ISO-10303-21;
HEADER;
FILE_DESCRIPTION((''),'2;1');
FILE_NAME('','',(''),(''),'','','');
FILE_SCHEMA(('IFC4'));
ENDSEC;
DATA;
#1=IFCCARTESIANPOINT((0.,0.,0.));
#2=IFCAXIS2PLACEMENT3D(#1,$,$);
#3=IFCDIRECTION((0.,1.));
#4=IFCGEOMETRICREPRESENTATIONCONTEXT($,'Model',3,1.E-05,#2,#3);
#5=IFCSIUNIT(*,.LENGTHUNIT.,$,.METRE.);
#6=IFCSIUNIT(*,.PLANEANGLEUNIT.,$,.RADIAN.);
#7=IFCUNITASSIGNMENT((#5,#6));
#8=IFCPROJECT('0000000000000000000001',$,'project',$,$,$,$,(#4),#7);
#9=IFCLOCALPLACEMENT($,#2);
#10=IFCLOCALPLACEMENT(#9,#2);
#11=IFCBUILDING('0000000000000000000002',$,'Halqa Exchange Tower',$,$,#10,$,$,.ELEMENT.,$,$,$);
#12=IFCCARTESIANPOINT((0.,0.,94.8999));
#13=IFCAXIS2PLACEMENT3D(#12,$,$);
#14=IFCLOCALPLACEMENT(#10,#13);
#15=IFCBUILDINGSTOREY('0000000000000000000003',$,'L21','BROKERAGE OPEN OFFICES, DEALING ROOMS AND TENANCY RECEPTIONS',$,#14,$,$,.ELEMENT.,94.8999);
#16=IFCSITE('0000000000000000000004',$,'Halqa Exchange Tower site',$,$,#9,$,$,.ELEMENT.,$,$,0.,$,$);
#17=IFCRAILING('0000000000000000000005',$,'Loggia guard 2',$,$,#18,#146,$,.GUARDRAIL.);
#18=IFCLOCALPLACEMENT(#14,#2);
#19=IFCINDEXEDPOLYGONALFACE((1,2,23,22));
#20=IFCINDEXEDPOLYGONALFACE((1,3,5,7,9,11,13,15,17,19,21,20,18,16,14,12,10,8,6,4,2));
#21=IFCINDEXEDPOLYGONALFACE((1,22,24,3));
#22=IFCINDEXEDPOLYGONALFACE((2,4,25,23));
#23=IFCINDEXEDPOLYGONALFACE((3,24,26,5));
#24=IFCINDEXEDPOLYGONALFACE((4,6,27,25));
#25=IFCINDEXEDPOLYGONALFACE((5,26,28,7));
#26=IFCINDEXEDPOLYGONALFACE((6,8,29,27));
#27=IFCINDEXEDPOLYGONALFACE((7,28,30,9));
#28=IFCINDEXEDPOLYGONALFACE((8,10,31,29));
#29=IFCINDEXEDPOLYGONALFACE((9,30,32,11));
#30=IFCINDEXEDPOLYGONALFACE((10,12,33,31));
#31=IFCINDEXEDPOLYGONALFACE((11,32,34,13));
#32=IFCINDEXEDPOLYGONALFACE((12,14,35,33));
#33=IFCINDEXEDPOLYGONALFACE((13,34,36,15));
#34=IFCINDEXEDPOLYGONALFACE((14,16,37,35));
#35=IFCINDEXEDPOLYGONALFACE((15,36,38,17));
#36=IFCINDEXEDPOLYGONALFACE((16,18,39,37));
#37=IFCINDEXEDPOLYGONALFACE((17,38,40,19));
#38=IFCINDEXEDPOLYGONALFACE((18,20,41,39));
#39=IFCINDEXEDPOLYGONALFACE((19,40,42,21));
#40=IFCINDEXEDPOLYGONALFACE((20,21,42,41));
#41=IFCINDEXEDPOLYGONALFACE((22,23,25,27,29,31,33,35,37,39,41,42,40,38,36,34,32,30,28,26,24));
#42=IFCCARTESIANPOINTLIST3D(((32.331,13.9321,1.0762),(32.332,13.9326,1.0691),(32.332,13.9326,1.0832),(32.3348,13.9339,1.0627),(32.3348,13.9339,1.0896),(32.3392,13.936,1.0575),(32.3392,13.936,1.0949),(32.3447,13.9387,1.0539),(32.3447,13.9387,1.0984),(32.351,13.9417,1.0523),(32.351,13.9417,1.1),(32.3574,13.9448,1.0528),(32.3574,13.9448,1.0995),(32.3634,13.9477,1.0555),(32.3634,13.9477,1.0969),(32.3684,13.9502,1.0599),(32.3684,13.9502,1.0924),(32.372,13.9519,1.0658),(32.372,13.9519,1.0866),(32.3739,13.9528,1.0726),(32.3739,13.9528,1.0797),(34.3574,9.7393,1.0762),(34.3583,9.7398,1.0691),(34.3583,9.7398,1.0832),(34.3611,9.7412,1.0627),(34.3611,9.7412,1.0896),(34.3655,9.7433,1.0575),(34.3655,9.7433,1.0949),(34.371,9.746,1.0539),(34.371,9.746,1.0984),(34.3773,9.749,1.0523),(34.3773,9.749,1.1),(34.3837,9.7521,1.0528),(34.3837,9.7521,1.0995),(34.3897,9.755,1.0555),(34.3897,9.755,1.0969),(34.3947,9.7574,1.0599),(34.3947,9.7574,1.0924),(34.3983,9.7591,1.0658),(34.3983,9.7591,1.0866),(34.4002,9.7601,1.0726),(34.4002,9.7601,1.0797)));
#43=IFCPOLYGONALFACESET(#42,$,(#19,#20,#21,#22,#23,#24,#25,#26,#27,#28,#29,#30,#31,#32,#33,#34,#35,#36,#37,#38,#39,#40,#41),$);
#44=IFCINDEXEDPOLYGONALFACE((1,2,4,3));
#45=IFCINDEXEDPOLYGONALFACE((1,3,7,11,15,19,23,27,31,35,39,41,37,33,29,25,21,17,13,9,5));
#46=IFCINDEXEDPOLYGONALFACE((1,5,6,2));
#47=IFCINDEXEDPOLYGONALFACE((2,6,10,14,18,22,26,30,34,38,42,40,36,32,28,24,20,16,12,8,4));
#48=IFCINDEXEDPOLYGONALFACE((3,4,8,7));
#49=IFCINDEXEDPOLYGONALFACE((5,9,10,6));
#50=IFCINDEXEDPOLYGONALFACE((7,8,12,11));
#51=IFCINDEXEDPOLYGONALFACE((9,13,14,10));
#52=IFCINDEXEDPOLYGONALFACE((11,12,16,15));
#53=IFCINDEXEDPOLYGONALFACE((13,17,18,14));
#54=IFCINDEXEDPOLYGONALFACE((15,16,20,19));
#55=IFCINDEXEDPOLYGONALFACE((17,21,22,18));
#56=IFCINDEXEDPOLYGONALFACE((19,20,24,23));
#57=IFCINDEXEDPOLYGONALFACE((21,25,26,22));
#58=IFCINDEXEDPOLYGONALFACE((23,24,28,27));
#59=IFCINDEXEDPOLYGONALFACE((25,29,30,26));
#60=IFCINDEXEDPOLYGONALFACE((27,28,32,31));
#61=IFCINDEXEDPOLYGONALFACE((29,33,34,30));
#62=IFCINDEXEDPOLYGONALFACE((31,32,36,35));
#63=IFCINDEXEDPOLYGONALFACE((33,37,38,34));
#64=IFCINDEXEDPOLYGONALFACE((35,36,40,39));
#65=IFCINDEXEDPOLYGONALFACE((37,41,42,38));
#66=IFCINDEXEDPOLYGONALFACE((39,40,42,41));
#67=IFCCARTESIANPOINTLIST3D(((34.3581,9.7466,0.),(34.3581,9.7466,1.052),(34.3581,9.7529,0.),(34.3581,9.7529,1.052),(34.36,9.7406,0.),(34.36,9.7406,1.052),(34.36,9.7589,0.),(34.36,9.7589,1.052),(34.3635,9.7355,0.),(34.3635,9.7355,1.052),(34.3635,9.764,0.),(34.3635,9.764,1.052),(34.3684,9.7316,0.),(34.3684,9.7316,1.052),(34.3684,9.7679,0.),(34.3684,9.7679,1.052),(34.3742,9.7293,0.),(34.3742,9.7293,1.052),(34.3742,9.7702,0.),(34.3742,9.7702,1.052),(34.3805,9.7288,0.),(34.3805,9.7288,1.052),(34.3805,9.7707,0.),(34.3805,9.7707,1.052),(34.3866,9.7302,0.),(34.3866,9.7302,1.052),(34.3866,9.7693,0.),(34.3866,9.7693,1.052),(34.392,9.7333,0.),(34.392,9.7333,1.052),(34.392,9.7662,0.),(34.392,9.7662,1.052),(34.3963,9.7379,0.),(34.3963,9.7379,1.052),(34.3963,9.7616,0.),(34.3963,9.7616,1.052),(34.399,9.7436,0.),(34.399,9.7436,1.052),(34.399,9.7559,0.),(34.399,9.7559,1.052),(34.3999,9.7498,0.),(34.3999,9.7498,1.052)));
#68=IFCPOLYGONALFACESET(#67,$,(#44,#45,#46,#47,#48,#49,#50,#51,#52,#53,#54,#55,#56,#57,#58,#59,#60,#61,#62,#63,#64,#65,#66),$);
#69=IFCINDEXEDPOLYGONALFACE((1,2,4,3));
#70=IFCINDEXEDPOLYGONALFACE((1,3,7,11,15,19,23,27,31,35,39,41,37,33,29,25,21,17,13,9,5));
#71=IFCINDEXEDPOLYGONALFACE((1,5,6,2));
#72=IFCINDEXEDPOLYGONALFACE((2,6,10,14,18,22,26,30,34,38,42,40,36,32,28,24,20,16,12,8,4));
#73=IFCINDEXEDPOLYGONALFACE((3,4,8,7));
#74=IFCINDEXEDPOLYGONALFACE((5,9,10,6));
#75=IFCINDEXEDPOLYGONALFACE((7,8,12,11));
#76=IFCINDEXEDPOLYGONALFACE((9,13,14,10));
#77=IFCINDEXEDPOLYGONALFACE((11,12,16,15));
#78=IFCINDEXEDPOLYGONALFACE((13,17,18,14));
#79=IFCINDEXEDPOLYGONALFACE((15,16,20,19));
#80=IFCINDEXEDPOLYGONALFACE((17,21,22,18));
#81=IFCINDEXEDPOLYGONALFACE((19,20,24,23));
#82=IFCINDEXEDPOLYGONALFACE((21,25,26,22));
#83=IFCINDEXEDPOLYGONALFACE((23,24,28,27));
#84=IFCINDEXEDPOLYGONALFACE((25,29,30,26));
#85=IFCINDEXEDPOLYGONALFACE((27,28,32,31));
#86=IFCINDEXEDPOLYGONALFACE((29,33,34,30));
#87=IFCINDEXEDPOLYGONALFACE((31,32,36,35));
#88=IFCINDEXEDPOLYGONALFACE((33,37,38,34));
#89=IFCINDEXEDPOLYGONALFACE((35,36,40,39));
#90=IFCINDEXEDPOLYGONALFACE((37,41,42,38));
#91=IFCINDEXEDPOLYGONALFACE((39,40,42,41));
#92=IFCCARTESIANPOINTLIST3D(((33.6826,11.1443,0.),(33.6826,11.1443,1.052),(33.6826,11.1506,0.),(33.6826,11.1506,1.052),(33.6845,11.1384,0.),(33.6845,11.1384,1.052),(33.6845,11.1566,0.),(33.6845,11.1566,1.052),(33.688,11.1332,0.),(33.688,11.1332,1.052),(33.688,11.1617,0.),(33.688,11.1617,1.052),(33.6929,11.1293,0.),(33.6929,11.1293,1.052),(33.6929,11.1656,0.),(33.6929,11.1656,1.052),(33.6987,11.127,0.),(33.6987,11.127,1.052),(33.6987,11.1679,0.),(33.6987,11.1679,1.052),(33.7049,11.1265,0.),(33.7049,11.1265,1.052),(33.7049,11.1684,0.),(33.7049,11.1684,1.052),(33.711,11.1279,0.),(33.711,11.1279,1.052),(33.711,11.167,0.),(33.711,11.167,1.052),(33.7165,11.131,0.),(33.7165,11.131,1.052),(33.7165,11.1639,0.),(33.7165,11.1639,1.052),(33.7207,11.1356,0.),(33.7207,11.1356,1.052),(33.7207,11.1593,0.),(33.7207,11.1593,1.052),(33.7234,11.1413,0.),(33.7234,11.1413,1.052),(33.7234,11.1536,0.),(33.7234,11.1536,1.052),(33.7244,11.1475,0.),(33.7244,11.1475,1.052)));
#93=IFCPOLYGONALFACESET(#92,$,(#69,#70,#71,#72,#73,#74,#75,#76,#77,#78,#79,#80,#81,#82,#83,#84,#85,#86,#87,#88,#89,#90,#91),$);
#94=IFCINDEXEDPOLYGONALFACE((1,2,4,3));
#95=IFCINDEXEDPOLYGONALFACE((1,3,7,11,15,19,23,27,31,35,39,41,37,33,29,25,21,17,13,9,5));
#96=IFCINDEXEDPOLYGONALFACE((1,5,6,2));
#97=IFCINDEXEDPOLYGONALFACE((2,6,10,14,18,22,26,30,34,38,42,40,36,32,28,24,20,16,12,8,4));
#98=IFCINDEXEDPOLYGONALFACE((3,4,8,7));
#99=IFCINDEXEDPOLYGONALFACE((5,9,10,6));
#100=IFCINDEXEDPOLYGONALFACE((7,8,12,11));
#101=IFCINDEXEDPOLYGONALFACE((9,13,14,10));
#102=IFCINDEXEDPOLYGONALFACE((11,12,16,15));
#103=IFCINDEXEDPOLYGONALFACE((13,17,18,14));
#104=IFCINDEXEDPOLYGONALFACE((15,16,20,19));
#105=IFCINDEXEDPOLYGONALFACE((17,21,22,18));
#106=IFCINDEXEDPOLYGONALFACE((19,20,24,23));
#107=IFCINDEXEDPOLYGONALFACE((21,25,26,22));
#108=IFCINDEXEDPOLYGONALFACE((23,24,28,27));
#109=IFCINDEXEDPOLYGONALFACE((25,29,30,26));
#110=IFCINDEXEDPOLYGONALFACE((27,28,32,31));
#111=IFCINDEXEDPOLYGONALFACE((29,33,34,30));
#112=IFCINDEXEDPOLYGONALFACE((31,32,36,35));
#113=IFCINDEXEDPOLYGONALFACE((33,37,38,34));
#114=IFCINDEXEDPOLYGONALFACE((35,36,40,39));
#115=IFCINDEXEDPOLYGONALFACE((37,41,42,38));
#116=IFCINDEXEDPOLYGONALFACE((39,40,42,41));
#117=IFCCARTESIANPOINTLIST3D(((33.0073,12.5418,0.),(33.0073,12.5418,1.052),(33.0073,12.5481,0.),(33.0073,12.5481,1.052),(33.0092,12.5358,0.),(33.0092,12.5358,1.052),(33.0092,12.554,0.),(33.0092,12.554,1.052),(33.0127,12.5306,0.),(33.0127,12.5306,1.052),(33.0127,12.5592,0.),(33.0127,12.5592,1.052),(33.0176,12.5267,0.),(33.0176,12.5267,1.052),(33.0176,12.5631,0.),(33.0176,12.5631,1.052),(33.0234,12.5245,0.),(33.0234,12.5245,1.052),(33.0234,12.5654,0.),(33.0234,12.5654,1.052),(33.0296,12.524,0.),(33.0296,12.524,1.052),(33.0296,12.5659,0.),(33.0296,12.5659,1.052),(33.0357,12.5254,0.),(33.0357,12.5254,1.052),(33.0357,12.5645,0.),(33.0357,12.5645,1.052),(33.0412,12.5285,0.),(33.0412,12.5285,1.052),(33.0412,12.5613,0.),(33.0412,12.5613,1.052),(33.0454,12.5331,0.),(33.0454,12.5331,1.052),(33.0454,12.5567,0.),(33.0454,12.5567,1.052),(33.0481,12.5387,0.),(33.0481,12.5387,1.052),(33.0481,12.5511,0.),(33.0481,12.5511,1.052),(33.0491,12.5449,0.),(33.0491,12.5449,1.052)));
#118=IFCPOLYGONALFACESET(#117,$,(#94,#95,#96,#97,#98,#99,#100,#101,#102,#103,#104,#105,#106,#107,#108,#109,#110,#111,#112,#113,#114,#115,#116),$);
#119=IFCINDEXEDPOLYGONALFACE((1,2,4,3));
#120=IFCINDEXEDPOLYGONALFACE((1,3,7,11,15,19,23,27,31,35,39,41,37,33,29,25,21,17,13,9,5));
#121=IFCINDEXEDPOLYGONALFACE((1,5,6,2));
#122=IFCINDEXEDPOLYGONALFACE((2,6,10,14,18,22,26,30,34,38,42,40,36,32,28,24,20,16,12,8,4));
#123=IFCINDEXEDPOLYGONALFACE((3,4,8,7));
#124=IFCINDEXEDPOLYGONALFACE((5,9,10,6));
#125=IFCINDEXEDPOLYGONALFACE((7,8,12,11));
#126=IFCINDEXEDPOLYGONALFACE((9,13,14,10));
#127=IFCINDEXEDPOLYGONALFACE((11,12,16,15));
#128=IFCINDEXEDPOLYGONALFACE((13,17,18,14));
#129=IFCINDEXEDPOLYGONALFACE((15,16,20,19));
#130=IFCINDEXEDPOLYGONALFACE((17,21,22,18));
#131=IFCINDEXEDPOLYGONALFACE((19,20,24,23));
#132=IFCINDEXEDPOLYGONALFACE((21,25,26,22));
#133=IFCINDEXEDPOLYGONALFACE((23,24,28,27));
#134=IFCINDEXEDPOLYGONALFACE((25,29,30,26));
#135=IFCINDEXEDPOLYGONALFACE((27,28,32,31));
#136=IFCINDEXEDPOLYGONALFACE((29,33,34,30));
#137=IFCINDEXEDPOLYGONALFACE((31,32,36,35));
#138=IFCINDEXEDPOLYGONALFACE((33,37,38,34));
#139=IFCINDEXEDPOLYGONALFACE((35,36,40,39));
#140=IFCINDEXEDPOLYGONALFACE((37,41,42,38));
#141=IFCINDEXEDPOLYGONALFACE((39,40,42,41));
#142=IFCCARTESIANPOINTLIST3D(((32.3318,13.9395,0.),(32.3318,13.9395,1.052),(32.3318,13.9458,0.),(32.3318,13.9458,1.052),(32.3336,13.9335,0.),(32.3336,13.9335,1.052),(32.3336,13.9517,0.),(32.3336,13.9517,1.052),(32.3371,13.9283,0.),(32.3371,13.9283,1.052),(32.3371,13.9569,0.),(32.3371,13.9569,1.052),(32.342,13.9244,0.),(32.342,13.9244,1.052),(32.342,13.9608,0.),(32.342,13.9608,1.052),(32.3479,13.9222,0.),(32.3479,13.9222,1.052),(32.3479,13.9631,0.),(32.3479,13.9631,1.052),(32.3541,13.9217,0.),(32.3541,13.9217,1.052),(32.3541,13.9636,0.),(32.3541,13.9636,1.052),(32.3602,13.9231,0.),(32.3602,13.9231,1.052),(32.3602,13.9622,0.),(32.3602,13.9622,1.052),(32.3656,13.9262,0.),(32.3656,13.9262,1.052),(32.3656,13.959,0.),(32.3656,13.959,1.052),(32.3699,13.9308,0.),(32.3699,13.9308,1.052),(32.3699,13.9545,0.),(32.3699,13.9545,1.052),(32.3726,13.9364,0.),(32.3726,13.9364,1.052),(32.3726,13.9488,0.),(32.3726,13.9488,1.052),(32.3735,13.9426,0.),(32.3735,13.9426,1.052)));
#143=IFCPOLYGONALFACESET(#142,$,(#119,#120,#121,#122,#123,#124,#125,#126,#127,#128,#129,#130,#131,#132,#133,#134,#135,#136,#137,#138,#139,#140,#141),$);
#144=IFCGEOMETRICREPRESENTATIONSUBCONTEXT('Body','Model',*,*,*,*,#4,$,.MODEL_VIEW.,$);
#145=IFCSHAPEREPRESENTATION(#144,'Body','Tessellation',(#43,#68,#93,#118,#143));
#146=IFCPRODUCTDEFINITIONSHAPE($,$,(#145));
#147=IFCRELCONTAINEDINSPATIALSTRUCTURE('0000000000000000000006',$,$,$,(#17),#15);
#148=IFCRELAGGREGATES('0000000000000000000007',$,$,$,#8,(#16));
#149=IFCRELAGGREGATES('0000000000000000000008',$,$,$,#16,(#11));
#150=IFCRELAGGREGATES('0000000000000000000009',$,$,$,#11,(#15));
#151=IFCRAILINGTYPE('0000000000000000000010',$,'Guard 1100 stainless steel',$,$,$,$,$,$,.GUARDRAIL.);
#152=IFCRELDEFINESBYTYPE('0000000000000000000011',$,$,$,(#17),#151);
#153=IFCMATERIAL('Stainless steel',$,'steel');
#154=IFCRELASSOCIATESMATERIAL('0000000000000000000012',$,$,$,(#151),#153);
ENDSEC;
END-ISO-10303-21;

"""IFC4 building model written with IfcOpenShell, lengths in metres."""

from ifc_helpers import new_model, si_unit, direction, frame, origin, origin_2d, place, context, subcontext, project, spatial, circle, extrude, material, type_object, element, save


model = new_model("IFC4")

# Units and contexts
model_context = context("Model", 3, precision=1e-05, world=origin(), true_north=direction((0.0, 1.0)))
body_context = subcontext(model_context, "Body", "Model", "MODEL_VIEW")
ifc_project = project(units=[si_unit("LENGTHUNIT", "METRE"), si_unit("PLANEANGLEUNIT", "RADIAN")], contexts=[model_context])

# Site, building, storey
site_placement = place(None, origin())
site = spatial("IfcSite", under=ifc_project, at=site_placement, Name="Halqa Exchange Tower site", CompositionType="ELEMENT", RefElevation=0.0)
building_placement = place(site_placement, origin())
building = spatial("IfcBuilding", under=site, at=building_placement, Name="Halqa Exchange Tower", CompositionType="ELEMENT")
storey_placement = place(building_placement, frame((0.0, 0.0, 94.8999)))
storey = spatial("IfcBuildingStorey", under=building, at=storey_placement, Name="L21", Description="BROKERAGE OPEN OFFICES, DEALING ROOMS AND TENANCY RECEPTIONS", CompositionType="ELEMENT", Elevation=94.8999)

# Railing
ifc_material_1 = material(Name="Stainless steel", Category="steel")
railing_type = type_object("IfcRailingType", Name="Guard 1100 stainless steel", PredefinedType="GUARDRAIL", material=ifc_material_1)
railing_1_placement = place(storey_placement, frame((34.3789, 9.7498, 0.0)))
element("IfcRailing", 1, at=railing_1_placement, inside=storey, type_object=railing_type, Name="Loggia guard 2", PredefinedType="GUARDRAIL", context=body_context, shape_type="SweptSolid", body=[
    extrude(circle(Radius=0.0239, at=origin_2d()), frame((0.0, 0.0, 1.0762), z_axis=(-0.435136, 0.900365, 0.0), x_axis=(-0.900365, -0.435136, 0.0)), (0.0, 0.0, 1.0), 4.6567),
    extrude(circle(Radius=0.021, at=origin_2d()), origin(), (0.0, 0.0, 1.0), 1.052),
    extrude(circle(Radius=0.021, at=origin_2d()), frame((-0.6755, 1.3977, 0.0)), (0.0, 0.0, 1.0), 1.052),
    extrude(circle(Radius=0.021, at=origin_2d()), frame((-1.3508, 2.7952, 0.0)), (0.0, 0.0, 1.0), 1.052),
    extrude(circle(Radius=0.021, at=origin_2d()), frame((-2.0264, 4.1929, 0.0)), (0.0, 0.0, 1.0), 1.052),
])

save(model, "model.ifc")
